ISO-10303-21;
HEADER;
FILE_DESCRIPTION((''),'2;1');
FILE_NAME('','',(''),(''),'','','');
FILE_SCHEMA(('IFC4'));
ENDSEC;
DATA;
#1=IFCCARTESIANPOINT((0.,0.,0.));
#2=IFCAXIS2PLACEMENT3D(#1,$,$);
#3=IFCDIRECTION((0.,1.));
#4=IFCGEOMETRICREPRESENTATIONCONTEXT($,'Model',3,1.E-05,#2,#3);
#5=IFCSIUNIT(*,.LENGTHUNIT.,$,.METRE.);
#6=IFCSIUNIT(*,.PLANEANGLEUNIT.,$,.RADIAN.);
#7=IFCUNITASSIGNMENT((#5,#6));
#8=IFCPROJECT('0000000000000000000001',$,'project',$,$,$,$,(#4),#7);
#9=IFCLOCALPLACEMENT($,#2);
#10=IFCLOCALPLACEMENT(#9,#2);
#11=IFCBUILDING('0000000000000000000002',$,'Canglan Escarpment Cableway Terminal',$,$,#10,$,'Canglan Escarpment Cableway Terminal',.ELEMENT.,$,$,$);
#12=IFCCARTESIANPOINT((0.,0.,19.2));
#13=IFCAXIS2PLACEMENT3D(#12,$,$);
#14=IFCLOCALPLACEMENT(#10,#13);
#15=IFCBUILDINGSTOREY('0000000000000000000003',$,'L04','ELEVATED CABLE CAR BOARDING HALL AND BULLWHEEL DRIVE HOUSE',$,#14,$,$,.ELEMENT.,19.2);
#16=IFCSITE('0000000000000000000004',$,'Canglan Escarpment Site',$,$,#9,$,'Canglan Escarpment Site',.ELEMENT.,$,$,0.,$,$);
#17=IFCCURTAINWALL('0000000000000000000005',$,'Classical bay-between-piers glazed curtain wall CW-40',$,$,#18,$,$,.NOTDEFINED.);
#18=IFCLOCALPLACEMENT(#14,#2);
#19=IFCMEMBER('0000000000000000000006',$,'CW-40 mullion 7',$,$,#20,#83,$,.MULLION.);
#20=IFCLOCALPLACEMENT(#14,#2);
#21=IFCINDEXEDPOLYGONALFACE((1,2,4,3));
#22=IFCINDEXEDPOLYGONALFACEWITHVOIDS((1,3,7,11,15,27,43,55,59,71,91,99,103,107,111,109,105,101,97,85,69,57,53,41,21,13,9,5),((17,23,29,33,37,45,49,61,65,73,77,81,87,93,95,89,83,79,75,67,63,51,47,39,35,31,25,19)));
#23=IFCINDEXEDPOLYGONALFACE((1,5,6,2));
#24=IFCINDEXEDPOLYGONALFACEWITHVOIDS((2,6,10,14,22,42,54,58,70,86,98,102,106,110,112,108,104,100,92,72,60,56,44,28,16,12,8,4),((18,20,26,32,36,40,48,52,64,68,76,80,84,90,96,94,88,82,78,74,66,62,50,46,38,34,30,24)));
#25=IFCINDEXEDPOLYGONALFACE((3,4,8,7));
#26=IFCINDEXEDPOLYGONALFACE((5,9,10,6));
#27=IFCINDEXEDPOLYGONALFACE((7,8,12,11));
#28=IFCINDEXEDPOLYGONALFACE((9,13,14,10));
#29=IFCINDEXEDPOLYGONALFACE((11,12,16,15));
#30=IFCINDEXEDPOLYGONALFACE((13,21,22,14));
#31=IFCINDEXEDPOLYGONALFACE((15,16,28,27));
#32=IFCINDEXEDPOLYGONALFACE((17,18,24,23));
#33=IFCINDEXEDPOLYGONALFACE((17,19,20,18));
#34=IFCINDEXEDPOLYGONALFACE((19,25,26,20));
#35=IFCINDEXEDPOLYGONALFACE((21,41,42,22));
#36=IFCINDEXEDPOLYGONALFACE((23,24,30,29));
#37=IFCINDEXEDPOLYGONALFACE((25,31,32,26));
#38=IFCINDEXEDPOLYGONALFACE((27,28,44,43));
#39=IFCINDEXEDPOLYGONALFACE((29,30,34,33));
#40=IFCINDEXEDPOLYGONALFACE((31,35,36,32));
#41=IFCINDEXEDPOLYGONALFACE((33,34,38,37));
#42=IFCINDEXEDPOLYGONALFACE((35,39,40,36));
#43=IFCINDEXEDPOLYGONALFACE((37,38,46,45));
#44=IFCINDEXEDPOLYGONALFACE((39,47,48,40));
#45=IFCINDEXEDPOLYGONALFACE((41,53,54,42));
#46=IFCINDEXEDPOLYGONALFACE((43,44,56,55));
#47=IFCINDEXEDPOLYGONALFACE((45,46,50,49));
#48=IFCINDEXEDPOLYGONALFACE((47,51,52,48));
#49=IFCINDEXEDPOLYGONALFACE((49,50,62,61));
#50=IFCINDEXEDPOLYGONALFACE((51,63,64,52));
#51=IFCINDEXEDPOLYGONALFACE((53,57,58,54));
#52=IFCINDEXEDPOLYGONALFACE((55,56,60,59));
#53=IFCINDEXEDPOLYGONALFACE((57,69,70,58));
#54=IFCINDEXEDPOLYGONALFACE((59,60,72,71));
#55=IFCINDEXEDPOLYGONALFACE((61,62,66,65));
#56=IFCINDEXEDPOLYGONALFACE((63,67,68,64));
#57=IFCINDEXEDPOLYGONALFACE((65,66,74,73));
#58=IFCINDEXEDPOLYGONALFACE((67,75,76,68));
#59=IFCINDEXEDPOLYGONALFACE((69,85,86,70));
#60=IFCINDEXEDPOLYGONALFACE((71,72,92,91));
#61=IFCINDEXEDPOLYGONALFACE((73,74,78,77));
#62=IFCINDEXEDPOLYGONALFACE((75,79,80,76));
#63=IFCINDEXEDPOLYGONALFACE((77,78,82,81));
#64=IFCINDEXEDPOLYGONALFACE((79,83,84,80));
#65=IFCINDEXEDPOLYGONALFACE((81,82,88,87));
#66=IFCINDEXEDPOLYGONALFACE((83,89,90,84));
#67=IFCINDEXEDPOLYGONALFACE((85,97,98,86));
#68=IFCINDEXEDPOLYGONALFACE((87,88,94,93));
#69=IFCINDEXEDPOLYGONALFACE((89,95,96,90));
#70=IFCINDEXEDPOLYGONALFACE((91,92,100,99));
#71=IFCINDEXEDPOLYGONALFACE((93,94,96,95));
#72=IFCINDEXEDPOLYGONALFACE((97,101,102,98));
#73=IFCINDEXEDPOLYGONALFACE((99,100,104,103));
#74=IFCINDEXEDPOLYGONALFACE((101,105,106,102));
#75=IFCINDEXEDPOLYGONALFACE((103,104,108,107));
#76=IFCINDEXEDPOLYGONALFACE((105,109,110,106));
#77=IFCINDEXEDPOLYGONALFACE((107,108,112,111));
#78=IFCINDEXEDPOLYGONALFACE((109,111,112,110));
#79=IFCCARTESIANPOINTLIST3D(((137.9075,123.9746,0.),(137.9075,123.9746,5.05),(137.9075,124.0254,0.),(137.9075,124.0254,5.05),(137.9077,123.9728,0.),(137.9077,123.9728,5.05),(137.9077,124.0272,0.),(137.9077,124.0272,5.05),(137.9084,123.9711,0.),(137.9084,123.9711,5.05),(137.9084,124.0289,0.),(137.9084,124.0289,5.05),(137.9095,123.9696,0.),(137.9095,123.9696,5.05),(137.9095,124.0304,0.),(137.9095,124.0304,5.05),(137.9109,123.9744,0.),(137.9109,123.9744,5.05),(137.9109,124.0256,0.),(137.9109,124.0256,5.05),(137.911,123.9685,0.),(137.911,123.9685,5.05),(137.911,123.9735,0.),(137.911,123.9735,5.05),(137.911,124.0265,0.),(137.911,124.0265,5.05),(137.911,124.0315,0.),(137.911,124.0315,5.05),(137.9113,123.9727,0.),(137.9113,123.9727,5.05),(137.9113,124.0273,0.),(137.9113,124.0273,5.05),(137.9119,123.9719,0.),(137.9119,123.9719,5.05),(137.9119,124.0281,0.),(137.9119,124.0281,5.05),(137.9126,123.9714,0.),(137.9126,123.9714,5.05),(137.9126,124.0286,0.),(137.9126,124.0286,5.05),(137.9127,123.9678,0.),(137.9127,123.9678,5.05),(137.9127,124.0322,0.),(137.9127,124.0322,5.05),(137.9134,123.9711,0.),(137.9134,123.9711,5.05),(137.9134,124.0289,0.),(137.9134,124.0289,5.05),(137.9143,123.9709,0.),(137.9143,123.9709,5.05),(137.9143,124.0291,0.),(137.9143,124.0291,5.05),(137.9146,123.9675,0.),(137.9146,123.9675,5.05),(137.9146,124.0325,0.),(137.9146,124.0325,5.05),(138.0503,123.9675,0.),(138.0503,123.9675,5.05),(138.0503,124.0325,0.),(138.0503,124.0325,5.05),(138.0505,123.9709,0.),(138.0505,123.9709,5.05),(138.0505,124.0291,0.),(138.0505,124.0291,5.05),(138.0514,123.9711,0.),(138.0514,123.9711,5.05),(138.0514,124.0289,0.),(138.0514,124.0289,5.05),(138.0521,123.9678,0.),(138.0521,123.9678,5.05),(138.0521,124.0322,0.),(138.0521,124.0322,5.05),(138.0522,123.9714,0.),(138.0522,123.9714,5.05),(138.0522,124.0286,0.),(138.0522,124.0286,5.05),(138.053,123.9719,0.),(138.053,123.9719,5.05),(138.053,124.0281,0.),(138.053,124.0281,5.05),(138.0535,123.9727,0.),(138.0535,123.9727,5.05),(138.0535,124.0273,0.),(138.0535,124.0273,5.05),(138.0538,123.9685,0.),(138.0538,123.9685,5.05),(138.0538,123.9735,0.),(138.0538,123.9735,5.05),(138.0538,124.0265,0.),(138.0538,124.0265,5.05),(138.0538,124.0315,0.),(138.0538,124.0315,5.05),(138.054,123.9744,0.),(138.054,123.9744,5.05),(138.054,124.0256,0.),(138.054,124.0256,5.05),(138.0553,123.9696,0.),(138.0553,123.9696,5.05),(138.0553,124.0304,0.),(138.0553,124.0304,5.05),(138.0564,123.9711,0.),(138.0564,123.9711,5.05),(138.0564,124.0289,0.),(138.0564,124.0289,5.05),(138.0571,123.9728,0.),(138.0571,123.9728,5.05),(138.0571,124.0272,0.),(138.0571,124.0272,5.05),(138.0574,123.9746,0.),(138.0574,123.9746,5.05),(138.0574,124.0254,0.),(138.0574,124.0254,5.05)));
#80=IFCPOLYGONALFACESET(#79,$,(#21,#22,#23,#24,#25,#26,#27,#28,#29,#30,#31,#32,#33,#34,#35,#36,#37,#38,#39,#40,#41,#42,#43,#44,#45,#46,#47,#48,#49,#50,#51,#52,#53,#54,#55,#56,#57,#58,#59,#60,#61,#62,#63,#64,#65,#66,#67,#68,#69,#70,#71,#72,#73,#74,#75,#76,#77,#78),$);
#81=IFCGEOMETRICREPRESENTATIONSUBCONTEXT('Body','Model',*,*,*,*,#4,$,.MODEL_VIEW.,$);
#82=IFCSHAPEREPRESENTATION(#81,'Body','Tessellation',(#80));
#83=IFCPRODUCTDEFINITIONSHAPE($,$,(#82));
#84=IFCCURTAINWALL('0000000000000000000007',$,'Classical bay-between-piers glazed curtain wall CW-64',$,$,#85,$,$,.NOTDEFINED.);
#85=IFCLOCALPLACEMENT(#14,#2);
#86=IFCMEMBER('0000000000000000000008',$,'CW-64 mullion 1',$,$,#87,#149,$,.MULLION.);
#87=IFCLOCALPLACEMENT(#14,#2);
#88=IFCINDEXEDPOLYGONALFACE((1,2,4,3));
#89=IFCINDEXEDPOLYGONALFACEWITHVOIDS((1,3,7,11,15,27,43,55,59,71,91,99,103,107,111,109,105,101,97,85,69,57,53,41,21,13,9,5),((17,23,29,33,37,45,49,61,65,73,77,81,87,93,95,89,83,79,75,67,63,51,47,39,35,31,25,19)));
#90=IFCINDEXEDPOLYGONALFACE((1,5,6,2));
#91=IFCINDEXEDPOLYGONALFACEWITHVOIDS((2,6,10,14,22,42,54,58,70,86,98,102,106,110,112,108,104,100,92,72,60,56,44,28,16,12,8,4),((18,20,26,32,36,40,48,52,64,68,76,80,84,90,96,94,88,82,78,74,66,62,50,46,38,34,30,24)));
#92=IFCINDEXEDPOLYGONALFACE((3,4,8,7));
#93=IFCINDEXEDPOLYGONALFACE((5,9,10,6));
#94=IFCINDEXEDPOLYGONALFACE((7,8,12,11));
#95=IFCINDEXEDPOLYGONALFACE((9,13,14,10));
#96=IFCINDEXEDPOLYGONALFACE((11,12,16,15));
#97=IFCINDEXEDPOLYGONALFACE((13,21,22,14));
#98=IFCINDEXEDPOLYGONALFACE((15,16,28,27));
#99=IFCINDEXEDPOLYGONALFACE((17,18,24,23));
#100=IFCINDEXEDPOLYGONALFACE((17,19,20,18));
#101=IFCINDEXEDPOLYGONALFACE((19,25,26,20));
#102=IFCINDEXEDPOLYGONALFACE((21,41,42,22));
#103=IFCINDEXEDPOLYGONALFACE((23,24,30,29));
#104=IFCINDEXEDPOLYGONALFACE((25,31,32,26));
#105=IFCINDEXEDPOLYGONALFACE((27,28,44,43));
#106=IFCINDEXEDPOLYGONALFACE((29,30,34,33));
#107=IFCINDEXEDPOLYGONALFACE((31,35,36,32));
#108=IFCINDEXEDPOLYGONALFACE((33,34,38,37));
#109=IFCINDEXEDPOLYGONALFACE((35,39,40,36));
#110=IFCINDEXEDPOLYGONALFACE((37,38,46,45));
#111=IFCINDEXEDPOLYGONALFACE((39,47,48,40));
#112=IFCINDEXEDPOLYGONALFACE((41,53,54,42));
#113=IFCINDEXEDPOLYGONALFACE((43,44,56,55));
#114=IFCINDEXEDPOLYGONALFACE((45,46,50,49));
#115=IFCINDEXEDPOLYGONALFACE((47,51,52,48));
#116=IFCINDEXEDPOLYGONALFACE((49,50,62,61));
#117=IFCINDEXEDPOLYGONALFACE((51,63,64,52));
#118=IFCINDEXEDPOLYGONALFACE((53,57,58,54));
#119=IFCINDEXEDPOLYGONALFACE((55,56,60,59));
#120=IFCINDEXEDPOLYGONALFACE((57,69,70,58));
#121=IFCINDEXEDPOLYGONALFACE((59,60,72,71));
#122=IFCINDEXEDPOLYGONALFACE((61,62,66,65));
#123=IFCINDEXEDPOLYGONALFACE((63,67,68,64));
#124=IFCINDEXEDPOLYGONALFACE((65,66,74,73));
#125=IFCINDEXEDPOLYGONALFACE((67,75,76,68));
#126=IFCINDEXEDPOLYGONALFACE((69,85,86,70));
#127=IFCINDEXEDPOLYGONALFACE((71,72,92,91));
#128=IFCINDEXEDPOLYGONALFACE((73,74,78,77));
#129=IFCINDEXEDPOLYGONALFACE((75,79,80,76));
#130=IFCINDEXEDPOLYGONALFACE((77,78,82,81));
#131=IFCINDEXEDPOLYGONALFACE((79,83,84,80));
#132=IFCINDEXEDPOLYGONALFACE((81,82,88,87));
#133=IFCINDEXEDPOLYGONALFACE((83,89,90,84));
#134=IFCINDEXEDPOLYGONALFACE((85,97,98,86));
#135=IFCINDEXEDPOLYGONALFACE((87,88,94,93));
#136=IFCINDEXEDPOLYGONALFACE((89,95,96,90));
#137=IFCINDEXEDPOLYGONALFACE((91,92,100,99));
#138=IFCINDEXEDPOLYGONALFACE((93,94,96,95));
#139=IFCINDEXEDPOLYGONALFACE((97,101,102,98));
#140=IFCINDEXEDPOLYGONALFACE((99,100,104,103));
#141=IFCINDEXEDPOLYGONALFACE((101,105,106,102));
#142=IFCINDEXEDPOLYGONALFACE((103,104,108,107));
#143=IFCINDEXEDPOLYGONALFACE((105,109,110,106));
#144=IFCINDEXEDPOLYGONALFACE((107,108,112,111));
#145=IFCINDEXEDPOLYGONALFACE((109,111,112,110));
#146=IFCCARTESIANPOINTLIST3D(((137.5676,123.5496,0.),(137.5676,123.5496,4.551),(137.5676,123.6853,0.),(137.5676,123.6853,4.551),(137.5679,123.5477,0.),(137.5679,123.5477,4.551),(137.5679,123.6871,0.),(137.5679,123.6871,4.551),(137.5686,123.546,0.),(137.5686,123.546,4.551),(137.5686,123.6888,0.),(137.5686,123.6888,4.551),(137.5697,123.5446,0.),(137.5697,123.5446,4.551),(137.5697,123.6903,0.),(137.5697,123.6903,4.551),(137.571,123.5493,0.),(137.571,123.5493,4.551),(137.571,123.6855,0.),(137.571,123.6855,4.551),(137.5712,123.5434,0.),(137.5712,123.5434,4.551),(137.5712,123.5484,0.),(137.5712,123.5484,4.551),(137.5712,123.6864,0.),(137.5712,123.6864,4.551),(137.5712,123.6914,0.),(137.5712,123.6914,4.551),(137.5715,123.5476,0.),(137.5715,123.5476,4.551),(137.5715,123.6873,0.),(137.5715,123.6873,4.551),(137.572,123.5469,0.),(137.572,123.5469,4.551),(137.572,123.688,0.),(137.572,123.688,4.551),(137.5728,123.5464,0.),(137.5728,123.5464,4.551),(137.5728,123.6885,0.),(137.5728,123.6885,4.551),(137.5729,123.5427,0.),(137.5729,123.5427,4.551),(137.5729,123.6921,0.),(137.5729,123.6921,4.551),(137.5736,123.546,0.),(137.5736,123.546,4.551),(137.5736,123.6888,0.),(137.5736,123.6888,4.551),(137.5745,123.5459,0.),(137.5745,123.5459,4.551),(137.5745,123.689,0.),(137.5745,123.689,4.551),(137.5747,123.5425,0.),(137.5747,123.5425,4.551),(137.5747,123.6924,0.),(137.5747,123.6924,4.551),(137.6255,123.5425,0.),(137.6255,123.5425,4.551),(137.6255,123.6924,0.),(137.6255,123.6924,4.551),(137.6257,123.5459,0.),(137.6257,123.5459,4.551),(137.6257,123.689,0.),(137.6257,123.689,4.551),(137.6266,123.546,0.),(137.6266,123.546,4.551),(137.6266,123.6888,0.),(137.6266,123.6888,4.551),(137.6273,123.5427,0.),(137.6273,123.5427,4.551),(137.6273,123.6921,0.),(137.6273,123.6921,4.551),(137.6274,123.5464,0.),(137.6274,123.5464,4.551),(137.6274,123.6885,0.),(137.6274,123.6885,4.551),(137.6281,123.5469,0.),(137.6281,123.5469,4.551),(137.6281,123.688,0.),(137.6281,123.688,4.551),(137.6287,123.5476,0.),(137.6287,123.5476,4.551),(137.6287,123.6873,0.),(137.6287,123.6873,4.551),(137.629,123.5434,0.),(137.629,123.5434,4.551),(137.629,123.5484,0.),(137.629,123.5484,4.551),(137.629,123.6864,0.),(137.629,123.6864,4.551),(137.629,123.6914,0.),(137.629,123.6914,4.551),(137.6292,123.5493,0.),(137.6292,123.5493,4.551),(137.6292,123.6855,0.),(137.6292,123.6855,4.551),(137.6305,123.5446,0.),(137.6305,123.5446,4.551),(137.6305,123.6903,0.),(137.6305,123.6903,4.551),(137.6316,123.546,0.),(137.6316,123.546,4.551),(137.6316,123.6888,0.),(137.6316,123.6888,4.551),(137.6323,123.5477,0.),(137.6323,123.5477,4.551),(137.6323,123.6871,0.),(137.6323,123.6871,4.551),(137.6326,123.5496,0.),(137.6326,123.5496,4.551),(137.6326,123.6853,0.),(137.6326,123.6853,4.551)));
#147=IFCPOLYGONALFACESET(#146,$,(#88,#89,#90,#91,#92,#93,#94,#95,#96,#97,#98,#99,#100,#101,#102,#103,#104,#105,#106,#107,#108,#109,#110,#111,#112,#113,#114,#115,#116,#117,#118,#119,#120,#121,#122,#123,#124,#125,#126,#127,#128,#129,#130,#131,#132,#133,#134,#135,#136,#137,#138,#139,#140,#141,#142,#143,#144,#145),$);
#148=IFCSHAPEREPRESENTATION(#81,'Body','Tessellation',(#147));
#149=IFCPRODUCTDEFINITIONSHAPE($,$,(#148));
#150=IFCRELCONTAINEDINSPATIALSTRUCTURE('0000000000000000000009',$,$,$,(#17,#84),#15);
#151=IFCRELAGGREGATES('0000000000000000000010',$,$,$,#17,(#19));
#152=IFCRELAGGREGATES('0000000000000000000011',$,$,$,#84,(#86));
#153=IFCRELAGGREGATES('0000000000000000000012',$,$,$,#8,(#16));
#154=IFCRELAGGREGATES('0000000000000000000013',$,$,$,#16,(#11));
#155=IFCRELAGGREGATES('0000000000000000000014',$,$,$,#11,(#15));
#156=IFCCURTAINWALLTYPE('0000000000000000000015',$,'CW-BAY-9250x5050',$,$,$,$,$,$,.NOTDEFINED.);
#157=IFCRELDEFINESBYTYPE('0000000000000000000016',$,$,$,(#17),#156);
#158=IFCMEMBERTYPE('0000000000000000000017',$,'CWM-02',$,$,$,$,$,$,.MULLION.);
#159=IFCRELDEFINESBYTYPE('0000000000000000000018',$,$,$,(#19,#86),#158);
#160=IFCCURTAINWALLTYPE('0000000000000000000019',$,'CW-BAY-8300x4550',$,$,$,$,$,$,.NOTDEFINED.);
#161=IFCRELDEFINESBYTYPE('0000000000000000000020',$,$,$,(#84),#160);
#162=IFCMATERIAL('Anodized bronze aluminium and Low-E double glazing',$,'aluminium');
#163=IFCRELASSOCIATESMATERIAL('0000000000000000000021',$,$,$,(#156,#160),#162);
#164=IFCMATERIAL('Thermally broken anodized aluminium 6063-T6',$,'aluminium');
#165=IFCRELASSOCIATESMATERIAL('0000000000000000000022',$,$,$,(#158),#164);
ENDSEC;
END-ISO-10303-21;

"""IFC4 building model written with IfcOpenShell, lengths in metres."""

from ifc_helpers import new_model, si_unit, direction, frame, origin, origin_2d, place, context, subcontext, project, spatial, hollow_rectangle, extrude, material, material_profile, profile_set, type_object, element, aggregate, save


model = new_model("IFC4")

# Units and contexts
model_context = context("Model", 3, precision=1e-05, world=origin(), true_north=direction((0.0, 1.0)))
body_context = subcontext(model_context, "Body", "Model", "MODEL_VIEW")
ifc_project = project(units=[si_unit("LENGTHUNIT", "METRE"), si_unit("PLANEANGLEUNIT", "RADIAN")], contexts=[model_context])

# Site, building, storey
site_placement = place(None, origin())
site = spatial("IfcSite", under=ifc_project, at=site_placement, Name="Canglan Escarpment Site", LongName="Canglan Escarpment Site", CompositionType="ELEMENT", RefElevation=0.0)
building_placement = place(site_placement, origin())
building = spatial("IfcBuilding", under=site, at=building_placement, Name="Canglan Escarpment Cableway Terminal", LongName="Canglan Escarpment Cableway Terminal", CompositionType="ELEMENT")
storey_placement = place(building_placement, frame((0.0, 0.0, 19.2)))
storey = spatial("IfcBuildingStorey", under=building, at=storey_placement, Name="L04", Description="ELEVATED CABLE CAR BOARDING HALL AND BULLWHEEL DRIVE HOUSE", CompositionType="ELEMENT", Elevation=19.2)

# Curtain walls, members
ifc_material_1 = material(Name="Anodized bronze aluminium and Low-E double glazing", Category="aluminium")
curtain_wall_type_1 = type_object("IfcCurtainWallType", Name="CW-BAY-9250x5050", PredefinedType="NOTDEFINED", material=ifc_material_1)
curtain_wall_1_placement = place(storey_placement, origin())
curtain_wall_1 = element("IfcCurtainWall", 1, at=curtain_wall_1_placement, inside=storey, type_object=curtain_wall_type_1, Name="Classical bay-between-piers glazed curtain wall CW-40", PredefinedType="NOTDEFINED")
ifc_material_2 = material(Name="Thermally broken anodized aluminium 6063-T6", Category="aluminium")
ifc_material_profile_1 = material_profile(ifc_material_2, hollow_rectangle(XDim=0.0649, YDim=0.1499, WallThickness=0.0034, InnerFilletRadius=0.0034, OuterFilletRadius=0.0071, at=origin_2d()), Name="ALU-MULL 65x150x3.5")
ifc_profile_set_1 = profile_set([ifc_material_profile_1], Name="Thermally broken anodized aluminium 6063-T6")
member_type_1 = type_object("IfcMemberType", Name="CWM-02", PredefinedType="MULLION", material=ifc_profile_set_1)
member_1_placement = place(storey_placement, frame((137.9824, 124.0, 0.0), z_axis=(0.0, 0.0, 1.0), x_axis=(0.0, -1.0, 0.0)))
member_1 = element("IfcMember", 2, at=member_1_placement, type_object=member_type_1, Name="CW-40 mullion 7", PredefinedType="MULLION", context=body_context, shape_type="SweptSolid", body=[
    extrude(hollow_rectangle(XDim=0.0649, YDim=0.1499, WallThickness=0.0034, InnerFilletRadius=0.0034, OuterFilletRadius=0.0071, at=origin_2d()), origin(), (0.0, 0.0, 1.0), 5.05),
])
curtain_wall_type_2 = type_object("IfcCurtainWallType", Name="CW-BAY-8300x4550", PredefinedType="NOTDEFINED", material=ifc_material_1)
curtain_wall_2_placement = place(storey_placement, origin())
curtain_wall_2 = element("IfcCurtainWall", 3, at=curtain_wall_2_placement, inside=storey, type_object=curtain_wall_type_2, Name="Classical bay-between-piers glazed curtain wall CW-64", PredefinedType="NOTDEFINED")
member_2_placement = place(storey_placement, frame((137.6001, 123.6174, 0.0), z_axis=(0.0, 0.0, 1.0), x_axis=(1.0, 0.0, 0.0)))
member_2 = element("IfcMember", 4, at=member_2_placement, type_object=member_type_1, Name="CW-64 mullion 1", PredefinedType="MULLION", context=body_context, shape_type="SweptSolid", body=[
    extrude(hollow_rectangle(XDim=0.0649, YDim=0.1499, WallThickness=0.0034, InnerFilletRadius=0.0034, OuterFilletRadius=0.0071, at=origin_2d()), origin(), (0.0, 0.0, 1.0), 4.551),
])

aggregate(curtain_wall_1, [member_1])
aggregate(curtain_wall_2, [member_2])

save(model, "model.ifc")
